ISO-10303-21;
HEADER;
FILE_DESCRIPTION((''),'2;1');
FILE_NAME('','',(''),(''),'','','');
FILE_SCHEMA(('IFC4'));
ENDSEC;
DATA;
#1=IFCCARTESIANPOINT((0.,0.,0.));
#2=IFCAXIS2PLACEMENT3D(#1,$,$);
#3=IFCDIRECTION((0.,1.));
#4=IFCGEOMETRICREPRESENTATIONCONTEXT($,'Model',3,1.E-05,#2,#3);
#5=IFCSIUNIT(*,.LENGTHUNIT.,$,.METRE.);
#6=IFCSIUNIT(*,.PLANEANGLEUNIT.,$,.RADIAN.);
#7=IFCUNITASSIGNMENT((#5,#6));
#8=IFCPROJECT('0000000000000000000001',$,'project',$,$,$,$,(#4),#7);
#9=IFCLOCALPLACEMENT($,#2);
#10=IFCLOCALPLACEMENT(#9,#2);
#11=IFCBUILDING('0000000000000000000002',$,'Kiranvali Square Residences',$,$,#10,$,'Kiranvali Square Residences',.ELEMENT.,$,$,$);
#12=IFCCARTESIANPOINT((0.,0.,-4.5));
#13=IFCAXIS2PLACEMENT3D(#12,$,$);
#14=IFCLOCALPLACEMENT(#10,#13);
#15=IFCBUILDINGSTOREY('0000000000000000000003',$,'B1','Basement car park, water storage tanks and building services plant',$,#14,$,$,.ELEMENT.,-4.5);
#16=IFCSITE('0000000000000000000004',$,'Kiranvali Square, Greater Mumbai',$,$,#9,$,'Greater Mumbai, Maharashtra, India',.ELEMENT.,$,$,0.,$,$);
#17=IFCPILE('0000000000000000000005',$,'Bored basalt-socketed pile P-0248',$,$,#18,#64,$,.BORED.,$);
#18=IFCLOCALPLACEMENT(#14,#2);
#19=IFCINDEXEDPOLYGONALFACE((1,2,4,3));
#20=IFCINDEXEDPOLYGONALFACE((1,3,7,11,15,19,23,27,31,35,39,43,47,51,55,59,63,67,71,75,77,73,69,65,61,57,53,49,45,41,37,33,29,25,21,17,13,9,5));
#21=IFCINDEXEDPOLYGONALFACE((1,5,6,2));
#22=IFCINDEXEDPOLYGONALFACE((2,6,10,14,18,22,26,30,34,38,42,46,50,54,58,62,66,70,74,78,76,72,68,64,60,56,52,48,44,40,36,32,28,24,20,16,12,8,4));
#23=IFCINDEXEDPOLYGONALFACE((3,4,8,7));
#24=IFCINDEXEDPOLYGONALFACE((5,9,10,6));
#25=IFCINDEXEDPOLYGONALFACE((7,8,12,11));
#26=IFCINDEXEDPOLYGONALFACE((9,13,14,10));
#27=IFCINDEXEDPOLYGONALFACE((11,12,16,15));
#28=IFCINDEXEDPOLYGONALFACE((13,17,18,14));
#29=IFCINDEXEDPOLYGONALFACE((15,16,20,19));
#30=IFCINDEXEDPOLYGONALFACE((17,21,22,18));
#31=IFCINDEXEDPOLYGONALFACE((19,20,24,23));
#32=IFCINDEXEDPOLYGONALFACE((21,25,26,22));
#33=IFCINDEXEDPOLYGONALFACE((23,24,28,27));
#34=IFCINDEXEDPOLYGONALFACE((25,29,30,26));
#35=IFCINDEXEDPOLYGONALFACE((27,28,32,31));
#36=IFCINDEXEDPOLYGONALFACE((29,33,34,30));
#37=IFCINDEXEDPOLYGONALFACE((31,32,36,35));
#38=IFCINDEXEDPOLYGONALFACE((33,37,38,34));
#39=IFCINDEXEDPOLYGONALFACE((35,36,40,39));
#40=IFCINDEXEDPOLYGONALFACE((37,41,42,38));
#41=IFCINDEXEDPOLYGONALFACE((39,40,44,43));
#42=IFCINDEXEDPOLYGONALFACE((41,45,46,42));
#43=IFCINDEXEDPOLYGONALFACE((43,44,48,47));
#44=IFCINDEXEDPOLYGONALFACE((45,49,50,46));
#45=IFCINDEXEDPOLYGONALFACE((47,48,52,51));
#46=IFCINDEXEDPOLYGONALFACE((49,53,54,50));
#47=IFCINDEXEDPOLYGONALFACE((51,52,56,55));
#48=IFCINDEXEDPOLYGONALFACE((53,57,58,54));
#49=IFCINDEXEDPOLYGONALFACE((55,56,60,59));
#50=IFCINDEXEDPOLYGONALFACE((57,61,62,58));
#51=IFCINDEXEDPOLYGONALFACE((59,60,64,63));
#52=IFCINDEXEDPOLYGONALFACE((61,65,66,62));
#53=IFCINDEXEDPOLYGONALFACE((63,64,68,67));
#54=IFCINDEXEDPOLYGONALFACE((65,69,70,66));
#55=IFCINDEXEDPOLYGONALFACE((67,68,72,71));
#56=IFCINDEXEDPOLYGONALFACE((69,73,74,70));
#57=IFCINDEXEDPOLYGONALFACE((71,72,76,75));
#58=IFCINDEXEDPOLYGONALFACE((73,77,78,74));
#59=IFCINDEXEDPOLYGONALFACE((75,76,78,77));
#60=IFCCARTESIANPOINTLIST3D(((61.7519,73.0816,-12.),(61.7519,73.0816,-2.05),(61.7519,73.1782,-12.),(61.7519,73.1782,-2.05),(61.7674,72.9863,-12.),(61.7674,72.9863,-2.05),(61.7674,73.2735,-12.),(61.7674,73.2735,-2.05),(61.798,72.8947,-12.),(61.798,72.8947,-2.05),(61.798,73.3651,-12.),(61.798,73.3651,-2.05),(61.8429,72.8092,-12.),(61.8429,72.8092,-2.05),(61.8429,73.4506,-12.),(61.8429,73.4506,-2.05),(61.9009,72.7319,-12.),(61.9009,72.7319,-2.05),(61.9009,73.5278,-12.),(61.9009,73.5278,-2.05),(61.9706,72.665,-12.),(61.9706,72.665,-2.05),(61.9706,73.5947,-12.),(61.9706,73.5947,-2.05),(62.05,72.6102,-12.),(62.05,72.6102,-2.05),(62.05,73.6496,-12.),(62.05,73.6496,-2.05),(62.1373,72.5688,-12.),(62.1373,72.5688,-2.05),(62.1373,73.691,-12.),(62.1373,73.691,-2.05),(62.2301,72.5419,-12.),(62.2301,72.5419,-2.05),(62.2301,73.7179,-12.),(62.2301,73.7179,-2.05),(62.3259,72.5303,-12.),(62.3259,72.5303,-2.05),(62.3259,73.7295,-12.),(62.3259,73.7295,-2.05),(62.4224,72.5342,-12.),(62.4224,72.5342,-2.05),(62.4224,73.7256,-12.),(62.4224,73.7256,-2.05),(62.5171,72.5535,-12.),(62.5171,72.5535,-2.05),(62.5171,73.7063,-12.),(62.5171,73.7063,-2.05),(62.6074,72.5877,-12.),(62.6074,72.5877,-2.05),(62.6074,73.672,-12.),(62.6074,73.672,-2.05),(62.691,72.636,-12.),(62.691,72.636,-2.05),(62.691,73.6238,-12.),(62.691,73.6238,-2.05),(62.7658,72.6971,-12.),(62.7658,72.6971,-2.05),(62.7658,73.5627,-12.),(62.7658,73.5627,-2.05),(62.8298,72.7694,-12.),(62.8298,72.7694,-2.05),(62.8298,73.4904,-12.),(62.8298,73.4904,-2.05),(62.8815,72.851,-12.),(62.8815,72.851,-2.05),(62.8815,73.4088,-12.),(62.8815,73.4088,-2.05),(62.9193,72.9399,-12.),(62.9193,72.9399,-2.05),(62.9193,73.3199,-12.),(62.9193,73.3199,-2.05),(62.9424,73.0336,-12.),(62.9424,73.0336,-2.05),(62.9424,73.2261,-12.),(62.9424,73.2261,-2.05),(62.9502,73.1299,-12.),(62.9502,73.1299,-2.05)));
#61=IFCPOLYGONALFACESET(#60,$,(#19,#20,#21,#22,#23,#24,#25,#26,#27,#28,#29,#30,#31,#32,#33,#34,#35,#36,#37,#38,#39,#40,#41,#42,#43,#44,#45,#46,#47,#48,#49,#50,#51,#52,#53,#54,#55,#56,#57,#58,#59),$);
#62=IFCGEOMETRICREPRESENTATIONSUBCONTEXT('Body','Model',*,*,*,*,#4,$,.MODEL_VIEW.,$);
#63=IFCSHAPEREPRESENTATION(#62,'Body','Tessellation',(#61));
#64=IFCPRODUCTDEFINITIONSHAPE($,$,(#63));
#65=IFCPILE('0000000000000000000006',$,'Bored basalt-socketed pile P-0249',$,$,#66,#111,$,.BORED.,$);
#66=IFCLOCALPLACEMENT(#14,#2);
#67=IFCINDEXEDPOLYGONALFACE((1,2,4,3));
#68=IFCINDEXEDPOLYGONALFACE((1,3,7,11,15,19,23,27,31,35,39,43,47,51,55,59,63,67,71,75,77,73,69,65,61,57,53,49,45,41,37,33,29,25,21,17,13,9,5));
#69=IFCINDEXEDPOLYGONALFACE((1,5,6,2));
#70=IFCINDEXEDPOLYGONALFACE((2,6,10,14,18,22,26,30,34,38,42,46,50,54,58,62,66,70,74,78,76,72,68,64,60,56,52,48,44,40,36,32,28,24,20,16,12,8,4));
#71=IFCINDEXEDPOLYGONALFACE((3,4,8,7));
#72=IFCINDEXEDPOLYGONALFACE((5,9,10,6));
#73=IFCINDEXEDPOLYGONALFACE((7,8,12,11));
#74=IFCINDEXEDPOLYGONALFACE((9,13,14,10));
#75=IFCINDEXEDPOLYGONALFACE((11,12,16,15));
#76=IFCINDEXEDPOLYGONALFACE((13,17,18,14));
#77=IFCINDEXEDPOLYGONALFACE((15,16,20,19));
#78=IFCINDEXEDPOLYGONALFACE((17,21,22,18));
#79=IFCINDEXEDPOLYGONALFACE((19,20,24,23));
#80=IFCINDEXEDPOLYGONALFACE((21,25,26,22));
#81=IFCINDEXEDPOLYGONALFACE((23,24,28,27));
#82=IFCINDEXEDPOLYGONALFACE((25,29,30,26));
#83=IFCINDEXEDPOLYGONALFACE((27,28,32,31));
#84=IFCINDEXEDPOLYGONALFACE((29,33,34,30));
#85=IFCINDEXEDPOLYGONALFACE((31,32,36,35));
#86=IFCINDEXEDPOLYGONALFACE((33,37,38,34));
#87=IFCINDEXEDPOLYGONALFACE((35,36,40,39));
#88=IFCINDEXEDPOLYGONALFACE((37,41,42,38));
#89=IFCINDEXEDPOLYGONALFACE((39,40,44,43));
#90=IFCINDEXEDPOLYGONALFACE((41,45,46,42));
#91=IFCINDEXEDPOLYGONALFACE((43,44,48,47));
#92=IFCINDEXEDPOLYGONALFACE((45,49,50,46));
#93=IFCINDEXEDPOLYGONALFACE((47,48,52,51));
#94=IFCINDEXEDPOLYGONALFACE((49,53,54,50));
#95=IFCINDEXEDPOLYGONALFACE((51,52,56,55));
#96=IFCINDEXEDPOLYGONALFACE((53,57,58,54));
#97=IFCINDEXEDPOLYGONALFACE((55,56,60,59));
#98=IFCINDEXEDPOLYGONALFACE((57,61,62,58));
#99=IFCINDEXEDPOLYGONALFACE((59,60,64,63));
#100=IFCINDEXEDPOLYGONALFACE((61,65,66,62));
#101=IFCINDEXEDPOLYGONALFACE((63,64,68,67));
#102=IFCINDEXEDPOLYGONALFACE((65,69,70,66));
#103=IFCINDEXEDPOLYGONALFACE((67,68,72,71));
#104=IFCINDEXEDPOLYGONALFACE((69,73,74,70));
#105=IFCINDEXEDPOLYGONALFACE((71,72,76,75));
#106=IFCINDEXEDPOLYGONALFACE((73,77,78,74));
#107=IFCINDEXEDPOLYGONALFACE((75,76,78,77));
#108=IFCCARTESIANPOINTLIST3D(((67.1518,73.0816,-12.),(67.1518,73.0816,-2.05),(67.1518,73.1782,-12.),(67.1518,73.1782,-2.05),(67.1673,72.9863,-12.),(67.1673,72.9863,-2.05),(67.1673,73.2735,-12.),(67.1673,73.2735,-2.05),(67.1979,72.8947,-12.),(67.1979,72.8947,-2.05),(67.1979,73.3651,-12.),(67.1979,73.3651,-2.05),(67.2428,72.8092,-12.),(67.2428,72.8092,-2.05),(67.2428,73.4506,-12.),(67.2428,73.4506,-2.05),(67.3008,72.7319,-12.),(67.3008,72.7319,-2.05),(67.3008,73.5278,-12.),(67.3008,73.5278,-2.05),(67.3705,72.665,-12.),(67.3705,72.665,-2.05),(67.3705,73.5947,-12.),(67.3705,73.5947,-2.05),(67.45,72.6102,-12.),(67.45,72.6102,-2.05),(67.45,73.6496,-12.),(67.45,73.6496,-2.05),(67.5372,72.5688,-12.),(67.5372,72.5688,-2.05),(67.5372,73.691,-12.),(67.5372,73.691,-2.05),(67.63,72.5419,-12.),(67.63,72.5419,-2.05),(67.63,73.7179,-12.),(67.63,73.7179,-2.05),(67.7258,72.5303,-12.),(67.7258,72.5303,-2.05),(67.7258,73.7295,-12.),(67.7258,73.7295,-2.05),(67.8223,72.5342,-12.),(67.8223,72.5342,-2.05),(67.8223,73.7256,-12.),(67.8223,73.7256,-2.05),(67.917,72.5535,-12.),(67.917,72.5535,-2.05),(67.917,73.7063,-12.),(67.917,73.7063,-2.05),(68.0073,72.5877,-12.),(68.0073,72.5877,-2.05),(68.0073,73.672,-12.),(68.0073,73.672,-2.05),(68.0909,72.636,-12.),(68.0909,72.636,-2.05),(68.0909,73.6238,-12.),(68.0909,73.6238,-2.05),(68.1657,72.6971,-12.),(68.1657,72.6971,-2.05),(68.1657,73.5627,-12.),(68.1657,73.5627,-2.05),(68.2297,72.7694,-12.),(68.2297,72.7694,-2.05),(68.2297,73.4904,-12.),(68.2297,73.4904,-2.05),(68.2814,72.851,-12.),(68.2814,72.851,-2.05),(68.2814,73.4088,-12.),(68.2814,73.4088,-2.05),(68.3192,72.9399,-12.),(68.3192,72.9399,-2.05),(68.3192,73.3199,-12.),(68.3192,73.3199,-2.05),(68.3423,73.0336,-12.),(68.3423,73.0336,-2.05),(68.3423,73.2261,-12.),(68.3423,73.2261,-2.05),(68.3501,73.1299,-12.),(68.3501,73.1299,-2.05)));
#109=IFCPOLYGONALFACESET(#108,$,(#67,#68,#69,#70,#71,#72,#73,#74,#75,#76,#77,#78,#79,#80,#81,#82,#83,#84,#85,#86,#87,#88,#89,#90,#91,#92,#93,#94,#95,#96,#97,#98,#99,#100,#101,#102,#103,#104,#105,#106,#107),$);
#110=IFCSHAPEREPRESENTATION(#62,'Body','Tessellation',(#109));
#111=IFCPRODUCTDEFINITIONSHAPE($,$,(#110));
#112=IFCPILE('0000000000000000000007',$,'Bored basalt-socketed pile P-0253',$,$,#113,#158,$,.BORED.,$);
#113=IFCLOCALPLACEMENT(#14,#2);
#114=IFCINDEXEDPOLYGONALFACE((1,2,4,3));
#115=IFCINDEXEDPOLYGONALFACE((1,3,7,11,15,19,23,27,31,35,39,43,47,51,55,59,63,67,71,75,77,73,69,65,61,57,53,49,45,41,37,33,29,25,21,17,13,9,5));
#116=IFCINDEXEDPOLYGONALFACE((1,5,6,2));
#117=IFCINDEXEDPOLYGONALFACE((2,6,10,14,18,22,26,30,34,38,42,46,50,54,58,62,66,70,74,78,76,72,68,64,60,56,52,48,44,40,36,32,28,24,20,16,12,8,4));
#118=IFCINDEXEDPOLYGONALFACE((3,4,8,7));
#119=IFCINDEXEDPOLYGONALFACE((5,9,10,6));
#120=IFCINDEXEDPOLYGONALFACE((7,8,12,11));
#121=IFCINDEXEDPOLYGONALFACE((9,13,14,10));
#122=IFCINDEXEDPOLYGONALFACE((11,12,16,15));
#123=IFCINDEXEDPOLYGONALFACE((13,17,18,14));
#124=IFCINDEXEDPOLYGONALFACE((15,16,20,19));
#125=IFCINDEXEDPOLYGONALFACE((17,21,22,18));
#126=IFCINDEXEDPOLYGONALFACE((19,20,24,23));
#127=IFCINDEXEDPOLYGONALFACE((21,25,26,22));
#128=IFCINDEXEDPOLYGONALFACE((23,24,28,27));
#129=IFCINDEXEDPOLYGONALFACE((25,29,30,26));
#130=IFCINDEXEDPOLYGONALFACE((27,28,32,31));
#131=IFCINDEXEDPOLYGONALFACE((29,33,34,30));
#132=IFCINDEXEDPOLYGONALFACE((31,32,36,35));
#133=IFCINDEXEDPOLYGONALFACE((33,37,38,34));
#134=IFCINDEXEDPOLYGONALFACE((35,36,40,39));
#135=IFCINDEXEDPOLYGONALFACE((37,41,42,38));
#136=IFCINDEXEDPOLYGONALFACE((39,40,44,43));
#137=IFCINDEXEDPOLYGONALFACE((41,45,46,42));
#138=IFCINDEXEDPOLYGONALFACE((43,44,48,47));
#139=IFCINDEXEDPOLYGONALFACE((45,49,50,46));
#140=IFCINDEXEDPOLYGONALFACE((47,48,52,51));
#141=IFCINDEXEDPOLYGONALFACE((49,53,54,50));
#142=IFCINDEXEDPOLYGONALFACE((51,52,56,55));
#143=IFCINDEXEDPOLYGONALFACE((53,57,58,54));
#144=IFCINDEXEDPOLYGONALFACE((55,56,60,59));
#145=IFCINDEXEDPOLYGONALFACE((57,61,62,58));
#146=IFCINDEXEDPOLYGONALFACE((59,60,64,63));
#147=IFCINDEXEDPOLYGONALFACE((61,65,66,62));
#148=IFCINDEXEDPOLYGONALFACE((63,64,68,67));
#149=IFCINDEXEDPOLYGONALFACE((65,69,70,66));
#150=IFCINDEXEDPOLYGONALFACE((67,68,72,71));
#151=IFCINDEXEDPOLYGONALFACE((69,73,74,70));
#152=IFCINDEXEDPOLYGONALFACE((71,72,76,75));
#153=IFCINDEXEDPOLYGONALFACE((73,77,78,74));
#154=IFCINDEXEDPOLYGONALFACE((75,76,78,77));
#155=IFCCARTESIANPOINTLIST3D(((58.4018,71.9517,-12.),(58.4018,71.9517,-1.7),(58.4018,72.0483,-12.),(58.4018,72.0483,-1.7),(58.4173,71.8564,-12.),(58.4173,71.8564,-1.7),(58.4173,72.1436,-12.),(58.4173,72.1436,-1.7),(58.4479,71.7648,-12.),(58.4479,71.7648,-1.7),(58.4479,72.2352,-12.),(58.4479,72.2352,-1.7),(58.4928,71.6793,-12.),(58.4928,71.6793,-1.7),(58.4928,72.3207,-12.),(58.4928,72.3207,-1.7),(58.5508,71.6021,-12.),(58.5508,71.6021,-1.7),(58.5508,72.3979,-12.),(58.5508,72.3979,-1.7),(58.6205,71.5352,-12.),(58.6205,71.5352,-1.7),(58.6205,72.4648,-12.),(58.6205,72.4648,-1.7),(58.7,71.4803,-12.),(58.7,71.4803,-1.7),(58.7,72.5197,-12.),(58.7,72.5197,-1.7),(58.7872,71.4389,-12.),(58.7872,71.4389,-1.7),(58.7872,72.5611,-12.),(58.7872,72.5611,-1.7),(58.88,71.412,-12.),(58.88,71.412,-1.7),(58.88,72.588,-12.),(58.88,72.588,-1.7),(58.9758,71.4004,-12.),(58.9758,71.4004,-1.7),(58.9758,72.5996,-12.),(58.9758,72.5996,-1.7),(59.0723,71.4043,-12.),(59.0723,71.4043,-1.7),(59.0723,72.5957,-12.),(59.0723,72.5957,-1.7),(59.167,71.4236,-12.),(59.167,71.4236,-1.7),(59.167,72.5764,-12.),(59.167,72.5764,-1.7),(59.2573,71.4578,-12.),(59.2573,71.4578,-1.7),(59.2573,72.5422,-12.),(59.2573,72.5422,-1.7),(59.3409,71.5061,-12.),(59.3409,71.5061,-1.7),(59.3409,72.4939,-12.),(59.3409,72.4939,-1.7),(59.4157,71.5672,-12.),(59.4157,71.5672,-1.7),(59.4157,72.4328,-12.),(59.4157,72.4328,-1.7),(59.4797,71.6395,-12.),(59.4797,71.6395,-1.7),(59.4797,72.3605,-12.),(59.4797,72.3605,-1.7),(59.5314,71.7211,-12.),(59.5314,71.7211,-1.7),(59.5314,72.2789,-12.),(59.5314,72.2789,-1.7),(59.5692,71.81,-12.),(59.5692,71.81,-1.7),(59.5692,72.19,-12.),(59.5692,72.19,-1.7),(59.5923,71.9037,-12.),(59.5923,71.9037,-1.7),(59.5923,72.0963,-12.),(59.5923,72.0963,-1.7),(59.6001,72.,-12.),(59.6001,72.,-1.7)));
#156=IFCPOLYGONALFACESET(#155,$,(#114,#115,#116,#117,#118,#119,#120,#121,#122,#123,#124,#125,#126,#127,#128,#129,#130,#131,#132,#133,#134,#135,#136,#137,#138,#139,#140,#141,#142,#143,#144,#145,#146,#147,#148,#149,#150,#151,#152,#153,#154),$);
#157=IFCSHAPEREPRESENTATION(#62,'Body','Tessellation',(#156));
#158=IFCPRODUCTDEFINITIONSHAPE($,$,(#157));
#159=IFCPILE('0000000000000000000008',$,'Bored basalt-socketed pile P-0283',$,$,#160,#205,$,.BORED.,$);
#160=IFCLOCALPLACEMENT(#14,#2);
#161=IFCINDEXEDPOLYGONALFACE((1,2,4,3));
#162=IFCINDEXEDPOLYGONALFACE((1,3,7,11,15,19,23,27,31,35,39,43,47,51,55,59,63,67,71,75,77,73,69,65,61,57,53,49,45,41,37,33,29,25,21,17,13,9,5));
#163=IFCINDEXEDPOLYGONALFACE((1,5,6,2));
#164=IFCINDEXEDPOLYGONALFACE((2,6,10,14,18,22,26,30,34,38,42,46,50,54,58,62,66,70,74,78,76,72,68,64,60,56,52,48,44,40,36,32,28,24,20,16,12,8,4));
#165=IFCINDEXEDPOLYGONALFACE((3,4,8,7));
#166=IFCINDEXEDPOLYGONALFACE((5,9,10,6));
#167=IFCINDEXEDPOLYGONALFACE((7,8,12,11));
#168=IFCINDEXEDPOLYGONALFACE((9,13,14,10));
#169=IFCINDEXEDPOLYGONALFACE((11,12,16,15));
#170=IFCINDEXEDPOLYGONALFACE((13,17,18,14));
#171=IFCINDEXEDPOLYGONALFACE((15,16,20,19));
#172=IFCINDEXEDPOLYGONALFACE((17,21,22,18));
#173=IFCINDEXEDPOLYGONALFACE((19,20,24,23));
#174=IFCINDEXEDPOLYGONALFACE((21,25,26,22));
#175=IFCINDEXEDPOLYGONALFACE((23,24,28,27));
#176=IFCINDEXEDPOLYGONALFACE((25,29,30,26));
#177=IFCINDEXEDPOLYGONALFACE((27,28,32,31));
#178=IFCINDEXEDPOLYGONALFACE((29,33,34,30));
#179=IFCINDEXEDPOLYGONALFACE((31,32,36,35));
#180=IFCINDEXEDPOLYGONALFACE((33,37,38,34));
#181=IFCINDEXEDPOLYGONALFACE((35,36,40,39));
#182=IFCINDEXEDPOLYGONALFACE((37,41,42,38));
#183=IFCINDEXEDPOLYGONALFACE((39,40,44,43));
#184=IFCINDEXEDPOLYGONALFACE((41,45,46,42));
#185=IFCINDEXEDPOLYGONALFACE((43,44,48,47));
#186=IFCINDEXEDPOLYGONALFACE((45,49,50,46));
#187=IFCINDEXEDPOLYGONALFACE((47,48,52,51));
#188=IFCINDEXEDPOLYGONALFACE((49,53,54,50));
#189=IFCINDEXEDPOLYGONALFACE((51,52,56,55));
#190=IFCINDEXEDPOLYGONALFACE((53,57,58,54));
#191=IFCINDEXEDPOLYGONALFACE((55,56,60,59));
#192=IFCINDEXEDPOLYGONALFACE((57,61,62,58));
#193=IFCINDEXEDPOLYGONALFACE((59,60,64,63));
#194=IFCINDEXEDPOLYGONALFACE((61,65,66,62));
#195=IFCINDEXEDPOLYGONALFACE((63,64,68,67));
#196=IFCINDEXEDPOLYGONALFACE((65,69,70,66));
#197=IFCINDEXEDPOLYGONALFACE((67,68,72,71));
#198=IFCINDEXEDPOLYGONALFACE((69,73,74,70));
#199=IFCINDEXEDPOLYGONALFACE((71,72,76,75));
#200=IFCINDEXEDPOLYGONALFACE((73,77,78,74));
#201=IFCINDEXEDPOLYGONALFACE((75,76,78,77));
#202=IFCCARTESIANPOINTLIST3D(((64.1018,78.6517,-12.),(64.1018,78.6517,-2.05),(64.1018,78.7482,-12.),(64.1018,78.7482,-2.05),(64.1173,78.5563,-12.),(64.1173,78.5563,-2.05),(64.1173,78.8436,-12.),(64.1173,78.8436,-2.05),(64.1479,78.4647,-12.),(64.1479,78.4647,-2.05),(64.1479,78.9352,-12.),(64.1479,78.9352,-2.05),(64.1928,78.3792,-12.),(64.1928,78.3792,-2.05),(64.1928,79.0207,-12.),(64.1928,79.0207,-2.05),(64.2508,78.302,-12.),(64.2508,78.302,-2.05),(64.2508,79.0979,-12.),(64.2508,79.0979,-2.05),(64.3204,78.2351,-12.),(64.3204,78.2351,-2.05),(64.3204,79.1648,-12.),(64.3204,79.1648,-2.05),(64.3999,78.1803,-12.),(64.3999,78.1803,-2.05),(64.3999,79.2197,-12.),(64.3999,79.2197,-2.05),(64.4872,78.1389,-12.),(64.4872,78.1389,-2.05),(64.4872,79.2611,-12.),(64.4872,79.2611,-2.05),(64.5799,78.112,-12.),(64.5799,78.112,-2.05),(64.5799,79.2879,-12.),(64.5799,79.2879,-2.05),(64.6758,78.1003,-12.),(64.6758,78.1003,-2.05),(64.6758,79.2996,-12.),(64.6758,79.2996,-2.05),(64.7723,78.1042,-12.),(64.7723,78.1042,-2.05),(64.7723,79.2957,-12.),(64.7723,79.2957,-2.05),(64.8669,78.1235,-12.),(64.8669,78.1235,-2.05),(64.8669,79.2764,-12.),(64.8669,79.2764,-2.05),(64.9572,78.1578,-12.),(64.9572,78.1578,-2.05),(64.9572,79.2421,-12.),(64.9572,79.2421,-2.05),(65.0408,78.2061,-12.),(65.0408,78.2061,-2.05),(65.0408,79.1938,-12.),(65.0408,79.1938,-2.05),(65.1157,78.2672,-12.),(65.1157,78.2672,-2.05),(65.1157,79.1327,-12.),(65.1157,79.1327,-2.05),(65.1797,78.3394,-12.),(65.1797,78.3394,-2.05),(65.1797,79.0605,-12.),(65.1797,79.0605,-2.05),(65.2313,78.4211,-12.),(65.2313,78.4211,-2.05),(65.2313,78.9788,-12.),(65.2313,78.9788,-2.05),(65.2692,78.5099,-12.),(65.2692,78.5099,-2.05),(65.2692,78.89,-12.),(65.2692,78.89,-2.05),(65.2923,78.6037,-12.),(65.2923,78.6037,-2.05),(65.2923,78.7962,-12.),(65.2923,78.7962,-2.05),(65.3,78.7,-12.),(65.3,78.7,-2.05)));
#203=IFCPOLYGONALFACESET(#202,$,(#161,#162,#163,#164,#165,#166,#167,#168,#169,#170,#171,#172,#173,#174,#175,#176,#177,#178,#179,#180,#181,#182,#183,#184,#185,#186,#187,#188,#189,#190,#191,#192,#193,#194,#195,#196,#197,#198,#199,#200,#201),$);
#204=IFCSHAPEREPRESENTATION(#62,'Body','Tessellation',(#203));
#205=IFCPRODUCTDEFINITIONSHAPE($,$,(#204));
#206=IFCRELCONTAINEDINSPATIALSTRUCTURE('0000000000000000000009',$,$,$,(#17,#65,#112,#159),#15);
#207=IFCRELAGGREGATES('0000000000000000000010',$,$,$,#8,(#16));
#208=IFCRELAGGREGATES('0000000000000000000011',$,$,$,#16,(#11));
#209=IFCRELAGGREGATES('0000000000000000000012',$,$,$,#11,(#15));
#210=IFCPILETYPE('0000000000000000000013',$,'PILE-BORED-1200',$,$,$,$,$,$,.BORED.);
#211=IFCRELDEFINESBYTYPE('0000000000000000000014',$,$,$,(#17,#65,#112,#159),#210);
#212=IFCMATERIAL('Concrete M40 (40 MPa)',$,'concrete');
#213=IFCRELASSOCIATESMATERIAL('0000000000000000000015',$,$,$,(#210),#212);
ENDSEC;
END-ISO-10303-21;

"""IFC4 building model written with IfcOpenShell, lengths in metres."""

from ifc_helpers import new_model, si_unit, direction, frame, origin, origin_2d, place, context, subcontext, project, spatial, circle, extrude, material, material_profile, profile_set, type_object, element, save


model = new_model("IFC4")

# Units and contexts
model_context = context("Model", 3, precision=1e-05, world=origin(), true_north=direction((0.0, 1.0)))
body_context = subcontext(model_context, "Body", "Model", "MODEL_VIEW")
ifc_project = project(units=[si_unit("LENGTHUNIT", "METRE"), si_unit("PLANEANGLEUNIT", "RADIAN")], contexts=[model_context])

# Site, building, storey
site_placement = place(None, origin())
site = spatial("IfcSite", under=ifc_project, at=site_placement, Name="Kiranvali Square, Greater Mumbai", LongName="Greater Mumbai, Maharashtra, India", CompositionType="ELEMENT", RefElevation=0.0)
building_placement = place(site_placement, origin())
building = spatial("IfcBuilding", under=site, at=building_placement, Name="Kiranvali Square Residences", LongName="Kiranvali Square Residences", CompositionType="ELEMENT")
storey_placement = place(building_placement, frame((0.0, 0.0, -4.5)))
storey = spatial("IfcBuildingStorey", under=building, at=storey_placement, Name="B1", Description="Basement car park, water storage tanks and building services plant", CompositionType="ELEMENT", Elevation=-4.5)

# Shared definitions
ifc_material = material(Name="Concrete M40 (40 MPa)", Category="concrete")

# Piles
ifc_material_profile_1 = material_profile(ifc_material, circle(Radius=0.6001, at=origin_2d()), Name="BORED PILE 1200")
ifc_profile_set_1 = profile_set([ifc_material_profile_1], Name="Concrete M40 (40 MPa)")
pile_type_1 = type_object("IfcPileType", Name="PILE-BORED-1200", PredefinedType="BORED", material=ifc_profile_set_1)
for number, where, z_axis, x_axis, name in (
    (1, (62.3501, 73.1299, -2.05), (0.0, 0.0, -1.0), (1.0, 0.0, 0.0), "Bored basalt-socketed pile P-0248"),
    (2, (67.75, 73.1299, -2.05), (0.0, 0.0, -1.0), (1.0, 0.0, 0.0), "Bored basalt-socketed pile P-0249"),
):
    element("IfcPile", number, at=place(storey_placement, frame(where, z_axis=z_axis, x_axis=x_axis)), inside=storey, type_object=pile_type_1, Name=name, PredefinedType="BORED", context=body_context, shape_type="SweptSolid", body=[
        extrude(circle(Radius=0.6001, at=origin_2d()), origin(), (0.0, 0.0, 1.0), 9.95),
    ])
pile_1_placement = place(storey_placement, frame((59.0, 72.0, -1.7), z_axis=(0.0, 0.0, -1.0), x_axis=(1.0, 0.0, 0.0)))
element("IfcPile", 3, at=pile_1_placement, inside=storey, type_object=pile_type_1, Name="Bored basalt-socketed pile P-0253", PredefinedType="BORED", context=body_context, shape_type="SweptSolid", body=[
    extrude(circle(Radius=0.6001, at=origin_2d()), origin(), (0.0, 0.0, 1.0), 10.3),
])
pile_2_placement = place(storey_placement, frame((64.7, 78.7, -2.05), z_axis=(0.0, 0.0, -1.0), x_axis=(1.0, 0.0, 0.0)))
element("IfcPile", 4, at=pile_2_placement, inside=storey, type_object=pile_type_1, Name="Bored basalt-socketed pile P-0283", PredefinedType="BORED", context=body_context, shape_type="SweptSolid", body=[
    extrude(circle(Radius=0.6001, at=origin_2d()), origin(), (0.0, 0.0, 1.0), 9.95),
])

save(model, "model.ifc")
